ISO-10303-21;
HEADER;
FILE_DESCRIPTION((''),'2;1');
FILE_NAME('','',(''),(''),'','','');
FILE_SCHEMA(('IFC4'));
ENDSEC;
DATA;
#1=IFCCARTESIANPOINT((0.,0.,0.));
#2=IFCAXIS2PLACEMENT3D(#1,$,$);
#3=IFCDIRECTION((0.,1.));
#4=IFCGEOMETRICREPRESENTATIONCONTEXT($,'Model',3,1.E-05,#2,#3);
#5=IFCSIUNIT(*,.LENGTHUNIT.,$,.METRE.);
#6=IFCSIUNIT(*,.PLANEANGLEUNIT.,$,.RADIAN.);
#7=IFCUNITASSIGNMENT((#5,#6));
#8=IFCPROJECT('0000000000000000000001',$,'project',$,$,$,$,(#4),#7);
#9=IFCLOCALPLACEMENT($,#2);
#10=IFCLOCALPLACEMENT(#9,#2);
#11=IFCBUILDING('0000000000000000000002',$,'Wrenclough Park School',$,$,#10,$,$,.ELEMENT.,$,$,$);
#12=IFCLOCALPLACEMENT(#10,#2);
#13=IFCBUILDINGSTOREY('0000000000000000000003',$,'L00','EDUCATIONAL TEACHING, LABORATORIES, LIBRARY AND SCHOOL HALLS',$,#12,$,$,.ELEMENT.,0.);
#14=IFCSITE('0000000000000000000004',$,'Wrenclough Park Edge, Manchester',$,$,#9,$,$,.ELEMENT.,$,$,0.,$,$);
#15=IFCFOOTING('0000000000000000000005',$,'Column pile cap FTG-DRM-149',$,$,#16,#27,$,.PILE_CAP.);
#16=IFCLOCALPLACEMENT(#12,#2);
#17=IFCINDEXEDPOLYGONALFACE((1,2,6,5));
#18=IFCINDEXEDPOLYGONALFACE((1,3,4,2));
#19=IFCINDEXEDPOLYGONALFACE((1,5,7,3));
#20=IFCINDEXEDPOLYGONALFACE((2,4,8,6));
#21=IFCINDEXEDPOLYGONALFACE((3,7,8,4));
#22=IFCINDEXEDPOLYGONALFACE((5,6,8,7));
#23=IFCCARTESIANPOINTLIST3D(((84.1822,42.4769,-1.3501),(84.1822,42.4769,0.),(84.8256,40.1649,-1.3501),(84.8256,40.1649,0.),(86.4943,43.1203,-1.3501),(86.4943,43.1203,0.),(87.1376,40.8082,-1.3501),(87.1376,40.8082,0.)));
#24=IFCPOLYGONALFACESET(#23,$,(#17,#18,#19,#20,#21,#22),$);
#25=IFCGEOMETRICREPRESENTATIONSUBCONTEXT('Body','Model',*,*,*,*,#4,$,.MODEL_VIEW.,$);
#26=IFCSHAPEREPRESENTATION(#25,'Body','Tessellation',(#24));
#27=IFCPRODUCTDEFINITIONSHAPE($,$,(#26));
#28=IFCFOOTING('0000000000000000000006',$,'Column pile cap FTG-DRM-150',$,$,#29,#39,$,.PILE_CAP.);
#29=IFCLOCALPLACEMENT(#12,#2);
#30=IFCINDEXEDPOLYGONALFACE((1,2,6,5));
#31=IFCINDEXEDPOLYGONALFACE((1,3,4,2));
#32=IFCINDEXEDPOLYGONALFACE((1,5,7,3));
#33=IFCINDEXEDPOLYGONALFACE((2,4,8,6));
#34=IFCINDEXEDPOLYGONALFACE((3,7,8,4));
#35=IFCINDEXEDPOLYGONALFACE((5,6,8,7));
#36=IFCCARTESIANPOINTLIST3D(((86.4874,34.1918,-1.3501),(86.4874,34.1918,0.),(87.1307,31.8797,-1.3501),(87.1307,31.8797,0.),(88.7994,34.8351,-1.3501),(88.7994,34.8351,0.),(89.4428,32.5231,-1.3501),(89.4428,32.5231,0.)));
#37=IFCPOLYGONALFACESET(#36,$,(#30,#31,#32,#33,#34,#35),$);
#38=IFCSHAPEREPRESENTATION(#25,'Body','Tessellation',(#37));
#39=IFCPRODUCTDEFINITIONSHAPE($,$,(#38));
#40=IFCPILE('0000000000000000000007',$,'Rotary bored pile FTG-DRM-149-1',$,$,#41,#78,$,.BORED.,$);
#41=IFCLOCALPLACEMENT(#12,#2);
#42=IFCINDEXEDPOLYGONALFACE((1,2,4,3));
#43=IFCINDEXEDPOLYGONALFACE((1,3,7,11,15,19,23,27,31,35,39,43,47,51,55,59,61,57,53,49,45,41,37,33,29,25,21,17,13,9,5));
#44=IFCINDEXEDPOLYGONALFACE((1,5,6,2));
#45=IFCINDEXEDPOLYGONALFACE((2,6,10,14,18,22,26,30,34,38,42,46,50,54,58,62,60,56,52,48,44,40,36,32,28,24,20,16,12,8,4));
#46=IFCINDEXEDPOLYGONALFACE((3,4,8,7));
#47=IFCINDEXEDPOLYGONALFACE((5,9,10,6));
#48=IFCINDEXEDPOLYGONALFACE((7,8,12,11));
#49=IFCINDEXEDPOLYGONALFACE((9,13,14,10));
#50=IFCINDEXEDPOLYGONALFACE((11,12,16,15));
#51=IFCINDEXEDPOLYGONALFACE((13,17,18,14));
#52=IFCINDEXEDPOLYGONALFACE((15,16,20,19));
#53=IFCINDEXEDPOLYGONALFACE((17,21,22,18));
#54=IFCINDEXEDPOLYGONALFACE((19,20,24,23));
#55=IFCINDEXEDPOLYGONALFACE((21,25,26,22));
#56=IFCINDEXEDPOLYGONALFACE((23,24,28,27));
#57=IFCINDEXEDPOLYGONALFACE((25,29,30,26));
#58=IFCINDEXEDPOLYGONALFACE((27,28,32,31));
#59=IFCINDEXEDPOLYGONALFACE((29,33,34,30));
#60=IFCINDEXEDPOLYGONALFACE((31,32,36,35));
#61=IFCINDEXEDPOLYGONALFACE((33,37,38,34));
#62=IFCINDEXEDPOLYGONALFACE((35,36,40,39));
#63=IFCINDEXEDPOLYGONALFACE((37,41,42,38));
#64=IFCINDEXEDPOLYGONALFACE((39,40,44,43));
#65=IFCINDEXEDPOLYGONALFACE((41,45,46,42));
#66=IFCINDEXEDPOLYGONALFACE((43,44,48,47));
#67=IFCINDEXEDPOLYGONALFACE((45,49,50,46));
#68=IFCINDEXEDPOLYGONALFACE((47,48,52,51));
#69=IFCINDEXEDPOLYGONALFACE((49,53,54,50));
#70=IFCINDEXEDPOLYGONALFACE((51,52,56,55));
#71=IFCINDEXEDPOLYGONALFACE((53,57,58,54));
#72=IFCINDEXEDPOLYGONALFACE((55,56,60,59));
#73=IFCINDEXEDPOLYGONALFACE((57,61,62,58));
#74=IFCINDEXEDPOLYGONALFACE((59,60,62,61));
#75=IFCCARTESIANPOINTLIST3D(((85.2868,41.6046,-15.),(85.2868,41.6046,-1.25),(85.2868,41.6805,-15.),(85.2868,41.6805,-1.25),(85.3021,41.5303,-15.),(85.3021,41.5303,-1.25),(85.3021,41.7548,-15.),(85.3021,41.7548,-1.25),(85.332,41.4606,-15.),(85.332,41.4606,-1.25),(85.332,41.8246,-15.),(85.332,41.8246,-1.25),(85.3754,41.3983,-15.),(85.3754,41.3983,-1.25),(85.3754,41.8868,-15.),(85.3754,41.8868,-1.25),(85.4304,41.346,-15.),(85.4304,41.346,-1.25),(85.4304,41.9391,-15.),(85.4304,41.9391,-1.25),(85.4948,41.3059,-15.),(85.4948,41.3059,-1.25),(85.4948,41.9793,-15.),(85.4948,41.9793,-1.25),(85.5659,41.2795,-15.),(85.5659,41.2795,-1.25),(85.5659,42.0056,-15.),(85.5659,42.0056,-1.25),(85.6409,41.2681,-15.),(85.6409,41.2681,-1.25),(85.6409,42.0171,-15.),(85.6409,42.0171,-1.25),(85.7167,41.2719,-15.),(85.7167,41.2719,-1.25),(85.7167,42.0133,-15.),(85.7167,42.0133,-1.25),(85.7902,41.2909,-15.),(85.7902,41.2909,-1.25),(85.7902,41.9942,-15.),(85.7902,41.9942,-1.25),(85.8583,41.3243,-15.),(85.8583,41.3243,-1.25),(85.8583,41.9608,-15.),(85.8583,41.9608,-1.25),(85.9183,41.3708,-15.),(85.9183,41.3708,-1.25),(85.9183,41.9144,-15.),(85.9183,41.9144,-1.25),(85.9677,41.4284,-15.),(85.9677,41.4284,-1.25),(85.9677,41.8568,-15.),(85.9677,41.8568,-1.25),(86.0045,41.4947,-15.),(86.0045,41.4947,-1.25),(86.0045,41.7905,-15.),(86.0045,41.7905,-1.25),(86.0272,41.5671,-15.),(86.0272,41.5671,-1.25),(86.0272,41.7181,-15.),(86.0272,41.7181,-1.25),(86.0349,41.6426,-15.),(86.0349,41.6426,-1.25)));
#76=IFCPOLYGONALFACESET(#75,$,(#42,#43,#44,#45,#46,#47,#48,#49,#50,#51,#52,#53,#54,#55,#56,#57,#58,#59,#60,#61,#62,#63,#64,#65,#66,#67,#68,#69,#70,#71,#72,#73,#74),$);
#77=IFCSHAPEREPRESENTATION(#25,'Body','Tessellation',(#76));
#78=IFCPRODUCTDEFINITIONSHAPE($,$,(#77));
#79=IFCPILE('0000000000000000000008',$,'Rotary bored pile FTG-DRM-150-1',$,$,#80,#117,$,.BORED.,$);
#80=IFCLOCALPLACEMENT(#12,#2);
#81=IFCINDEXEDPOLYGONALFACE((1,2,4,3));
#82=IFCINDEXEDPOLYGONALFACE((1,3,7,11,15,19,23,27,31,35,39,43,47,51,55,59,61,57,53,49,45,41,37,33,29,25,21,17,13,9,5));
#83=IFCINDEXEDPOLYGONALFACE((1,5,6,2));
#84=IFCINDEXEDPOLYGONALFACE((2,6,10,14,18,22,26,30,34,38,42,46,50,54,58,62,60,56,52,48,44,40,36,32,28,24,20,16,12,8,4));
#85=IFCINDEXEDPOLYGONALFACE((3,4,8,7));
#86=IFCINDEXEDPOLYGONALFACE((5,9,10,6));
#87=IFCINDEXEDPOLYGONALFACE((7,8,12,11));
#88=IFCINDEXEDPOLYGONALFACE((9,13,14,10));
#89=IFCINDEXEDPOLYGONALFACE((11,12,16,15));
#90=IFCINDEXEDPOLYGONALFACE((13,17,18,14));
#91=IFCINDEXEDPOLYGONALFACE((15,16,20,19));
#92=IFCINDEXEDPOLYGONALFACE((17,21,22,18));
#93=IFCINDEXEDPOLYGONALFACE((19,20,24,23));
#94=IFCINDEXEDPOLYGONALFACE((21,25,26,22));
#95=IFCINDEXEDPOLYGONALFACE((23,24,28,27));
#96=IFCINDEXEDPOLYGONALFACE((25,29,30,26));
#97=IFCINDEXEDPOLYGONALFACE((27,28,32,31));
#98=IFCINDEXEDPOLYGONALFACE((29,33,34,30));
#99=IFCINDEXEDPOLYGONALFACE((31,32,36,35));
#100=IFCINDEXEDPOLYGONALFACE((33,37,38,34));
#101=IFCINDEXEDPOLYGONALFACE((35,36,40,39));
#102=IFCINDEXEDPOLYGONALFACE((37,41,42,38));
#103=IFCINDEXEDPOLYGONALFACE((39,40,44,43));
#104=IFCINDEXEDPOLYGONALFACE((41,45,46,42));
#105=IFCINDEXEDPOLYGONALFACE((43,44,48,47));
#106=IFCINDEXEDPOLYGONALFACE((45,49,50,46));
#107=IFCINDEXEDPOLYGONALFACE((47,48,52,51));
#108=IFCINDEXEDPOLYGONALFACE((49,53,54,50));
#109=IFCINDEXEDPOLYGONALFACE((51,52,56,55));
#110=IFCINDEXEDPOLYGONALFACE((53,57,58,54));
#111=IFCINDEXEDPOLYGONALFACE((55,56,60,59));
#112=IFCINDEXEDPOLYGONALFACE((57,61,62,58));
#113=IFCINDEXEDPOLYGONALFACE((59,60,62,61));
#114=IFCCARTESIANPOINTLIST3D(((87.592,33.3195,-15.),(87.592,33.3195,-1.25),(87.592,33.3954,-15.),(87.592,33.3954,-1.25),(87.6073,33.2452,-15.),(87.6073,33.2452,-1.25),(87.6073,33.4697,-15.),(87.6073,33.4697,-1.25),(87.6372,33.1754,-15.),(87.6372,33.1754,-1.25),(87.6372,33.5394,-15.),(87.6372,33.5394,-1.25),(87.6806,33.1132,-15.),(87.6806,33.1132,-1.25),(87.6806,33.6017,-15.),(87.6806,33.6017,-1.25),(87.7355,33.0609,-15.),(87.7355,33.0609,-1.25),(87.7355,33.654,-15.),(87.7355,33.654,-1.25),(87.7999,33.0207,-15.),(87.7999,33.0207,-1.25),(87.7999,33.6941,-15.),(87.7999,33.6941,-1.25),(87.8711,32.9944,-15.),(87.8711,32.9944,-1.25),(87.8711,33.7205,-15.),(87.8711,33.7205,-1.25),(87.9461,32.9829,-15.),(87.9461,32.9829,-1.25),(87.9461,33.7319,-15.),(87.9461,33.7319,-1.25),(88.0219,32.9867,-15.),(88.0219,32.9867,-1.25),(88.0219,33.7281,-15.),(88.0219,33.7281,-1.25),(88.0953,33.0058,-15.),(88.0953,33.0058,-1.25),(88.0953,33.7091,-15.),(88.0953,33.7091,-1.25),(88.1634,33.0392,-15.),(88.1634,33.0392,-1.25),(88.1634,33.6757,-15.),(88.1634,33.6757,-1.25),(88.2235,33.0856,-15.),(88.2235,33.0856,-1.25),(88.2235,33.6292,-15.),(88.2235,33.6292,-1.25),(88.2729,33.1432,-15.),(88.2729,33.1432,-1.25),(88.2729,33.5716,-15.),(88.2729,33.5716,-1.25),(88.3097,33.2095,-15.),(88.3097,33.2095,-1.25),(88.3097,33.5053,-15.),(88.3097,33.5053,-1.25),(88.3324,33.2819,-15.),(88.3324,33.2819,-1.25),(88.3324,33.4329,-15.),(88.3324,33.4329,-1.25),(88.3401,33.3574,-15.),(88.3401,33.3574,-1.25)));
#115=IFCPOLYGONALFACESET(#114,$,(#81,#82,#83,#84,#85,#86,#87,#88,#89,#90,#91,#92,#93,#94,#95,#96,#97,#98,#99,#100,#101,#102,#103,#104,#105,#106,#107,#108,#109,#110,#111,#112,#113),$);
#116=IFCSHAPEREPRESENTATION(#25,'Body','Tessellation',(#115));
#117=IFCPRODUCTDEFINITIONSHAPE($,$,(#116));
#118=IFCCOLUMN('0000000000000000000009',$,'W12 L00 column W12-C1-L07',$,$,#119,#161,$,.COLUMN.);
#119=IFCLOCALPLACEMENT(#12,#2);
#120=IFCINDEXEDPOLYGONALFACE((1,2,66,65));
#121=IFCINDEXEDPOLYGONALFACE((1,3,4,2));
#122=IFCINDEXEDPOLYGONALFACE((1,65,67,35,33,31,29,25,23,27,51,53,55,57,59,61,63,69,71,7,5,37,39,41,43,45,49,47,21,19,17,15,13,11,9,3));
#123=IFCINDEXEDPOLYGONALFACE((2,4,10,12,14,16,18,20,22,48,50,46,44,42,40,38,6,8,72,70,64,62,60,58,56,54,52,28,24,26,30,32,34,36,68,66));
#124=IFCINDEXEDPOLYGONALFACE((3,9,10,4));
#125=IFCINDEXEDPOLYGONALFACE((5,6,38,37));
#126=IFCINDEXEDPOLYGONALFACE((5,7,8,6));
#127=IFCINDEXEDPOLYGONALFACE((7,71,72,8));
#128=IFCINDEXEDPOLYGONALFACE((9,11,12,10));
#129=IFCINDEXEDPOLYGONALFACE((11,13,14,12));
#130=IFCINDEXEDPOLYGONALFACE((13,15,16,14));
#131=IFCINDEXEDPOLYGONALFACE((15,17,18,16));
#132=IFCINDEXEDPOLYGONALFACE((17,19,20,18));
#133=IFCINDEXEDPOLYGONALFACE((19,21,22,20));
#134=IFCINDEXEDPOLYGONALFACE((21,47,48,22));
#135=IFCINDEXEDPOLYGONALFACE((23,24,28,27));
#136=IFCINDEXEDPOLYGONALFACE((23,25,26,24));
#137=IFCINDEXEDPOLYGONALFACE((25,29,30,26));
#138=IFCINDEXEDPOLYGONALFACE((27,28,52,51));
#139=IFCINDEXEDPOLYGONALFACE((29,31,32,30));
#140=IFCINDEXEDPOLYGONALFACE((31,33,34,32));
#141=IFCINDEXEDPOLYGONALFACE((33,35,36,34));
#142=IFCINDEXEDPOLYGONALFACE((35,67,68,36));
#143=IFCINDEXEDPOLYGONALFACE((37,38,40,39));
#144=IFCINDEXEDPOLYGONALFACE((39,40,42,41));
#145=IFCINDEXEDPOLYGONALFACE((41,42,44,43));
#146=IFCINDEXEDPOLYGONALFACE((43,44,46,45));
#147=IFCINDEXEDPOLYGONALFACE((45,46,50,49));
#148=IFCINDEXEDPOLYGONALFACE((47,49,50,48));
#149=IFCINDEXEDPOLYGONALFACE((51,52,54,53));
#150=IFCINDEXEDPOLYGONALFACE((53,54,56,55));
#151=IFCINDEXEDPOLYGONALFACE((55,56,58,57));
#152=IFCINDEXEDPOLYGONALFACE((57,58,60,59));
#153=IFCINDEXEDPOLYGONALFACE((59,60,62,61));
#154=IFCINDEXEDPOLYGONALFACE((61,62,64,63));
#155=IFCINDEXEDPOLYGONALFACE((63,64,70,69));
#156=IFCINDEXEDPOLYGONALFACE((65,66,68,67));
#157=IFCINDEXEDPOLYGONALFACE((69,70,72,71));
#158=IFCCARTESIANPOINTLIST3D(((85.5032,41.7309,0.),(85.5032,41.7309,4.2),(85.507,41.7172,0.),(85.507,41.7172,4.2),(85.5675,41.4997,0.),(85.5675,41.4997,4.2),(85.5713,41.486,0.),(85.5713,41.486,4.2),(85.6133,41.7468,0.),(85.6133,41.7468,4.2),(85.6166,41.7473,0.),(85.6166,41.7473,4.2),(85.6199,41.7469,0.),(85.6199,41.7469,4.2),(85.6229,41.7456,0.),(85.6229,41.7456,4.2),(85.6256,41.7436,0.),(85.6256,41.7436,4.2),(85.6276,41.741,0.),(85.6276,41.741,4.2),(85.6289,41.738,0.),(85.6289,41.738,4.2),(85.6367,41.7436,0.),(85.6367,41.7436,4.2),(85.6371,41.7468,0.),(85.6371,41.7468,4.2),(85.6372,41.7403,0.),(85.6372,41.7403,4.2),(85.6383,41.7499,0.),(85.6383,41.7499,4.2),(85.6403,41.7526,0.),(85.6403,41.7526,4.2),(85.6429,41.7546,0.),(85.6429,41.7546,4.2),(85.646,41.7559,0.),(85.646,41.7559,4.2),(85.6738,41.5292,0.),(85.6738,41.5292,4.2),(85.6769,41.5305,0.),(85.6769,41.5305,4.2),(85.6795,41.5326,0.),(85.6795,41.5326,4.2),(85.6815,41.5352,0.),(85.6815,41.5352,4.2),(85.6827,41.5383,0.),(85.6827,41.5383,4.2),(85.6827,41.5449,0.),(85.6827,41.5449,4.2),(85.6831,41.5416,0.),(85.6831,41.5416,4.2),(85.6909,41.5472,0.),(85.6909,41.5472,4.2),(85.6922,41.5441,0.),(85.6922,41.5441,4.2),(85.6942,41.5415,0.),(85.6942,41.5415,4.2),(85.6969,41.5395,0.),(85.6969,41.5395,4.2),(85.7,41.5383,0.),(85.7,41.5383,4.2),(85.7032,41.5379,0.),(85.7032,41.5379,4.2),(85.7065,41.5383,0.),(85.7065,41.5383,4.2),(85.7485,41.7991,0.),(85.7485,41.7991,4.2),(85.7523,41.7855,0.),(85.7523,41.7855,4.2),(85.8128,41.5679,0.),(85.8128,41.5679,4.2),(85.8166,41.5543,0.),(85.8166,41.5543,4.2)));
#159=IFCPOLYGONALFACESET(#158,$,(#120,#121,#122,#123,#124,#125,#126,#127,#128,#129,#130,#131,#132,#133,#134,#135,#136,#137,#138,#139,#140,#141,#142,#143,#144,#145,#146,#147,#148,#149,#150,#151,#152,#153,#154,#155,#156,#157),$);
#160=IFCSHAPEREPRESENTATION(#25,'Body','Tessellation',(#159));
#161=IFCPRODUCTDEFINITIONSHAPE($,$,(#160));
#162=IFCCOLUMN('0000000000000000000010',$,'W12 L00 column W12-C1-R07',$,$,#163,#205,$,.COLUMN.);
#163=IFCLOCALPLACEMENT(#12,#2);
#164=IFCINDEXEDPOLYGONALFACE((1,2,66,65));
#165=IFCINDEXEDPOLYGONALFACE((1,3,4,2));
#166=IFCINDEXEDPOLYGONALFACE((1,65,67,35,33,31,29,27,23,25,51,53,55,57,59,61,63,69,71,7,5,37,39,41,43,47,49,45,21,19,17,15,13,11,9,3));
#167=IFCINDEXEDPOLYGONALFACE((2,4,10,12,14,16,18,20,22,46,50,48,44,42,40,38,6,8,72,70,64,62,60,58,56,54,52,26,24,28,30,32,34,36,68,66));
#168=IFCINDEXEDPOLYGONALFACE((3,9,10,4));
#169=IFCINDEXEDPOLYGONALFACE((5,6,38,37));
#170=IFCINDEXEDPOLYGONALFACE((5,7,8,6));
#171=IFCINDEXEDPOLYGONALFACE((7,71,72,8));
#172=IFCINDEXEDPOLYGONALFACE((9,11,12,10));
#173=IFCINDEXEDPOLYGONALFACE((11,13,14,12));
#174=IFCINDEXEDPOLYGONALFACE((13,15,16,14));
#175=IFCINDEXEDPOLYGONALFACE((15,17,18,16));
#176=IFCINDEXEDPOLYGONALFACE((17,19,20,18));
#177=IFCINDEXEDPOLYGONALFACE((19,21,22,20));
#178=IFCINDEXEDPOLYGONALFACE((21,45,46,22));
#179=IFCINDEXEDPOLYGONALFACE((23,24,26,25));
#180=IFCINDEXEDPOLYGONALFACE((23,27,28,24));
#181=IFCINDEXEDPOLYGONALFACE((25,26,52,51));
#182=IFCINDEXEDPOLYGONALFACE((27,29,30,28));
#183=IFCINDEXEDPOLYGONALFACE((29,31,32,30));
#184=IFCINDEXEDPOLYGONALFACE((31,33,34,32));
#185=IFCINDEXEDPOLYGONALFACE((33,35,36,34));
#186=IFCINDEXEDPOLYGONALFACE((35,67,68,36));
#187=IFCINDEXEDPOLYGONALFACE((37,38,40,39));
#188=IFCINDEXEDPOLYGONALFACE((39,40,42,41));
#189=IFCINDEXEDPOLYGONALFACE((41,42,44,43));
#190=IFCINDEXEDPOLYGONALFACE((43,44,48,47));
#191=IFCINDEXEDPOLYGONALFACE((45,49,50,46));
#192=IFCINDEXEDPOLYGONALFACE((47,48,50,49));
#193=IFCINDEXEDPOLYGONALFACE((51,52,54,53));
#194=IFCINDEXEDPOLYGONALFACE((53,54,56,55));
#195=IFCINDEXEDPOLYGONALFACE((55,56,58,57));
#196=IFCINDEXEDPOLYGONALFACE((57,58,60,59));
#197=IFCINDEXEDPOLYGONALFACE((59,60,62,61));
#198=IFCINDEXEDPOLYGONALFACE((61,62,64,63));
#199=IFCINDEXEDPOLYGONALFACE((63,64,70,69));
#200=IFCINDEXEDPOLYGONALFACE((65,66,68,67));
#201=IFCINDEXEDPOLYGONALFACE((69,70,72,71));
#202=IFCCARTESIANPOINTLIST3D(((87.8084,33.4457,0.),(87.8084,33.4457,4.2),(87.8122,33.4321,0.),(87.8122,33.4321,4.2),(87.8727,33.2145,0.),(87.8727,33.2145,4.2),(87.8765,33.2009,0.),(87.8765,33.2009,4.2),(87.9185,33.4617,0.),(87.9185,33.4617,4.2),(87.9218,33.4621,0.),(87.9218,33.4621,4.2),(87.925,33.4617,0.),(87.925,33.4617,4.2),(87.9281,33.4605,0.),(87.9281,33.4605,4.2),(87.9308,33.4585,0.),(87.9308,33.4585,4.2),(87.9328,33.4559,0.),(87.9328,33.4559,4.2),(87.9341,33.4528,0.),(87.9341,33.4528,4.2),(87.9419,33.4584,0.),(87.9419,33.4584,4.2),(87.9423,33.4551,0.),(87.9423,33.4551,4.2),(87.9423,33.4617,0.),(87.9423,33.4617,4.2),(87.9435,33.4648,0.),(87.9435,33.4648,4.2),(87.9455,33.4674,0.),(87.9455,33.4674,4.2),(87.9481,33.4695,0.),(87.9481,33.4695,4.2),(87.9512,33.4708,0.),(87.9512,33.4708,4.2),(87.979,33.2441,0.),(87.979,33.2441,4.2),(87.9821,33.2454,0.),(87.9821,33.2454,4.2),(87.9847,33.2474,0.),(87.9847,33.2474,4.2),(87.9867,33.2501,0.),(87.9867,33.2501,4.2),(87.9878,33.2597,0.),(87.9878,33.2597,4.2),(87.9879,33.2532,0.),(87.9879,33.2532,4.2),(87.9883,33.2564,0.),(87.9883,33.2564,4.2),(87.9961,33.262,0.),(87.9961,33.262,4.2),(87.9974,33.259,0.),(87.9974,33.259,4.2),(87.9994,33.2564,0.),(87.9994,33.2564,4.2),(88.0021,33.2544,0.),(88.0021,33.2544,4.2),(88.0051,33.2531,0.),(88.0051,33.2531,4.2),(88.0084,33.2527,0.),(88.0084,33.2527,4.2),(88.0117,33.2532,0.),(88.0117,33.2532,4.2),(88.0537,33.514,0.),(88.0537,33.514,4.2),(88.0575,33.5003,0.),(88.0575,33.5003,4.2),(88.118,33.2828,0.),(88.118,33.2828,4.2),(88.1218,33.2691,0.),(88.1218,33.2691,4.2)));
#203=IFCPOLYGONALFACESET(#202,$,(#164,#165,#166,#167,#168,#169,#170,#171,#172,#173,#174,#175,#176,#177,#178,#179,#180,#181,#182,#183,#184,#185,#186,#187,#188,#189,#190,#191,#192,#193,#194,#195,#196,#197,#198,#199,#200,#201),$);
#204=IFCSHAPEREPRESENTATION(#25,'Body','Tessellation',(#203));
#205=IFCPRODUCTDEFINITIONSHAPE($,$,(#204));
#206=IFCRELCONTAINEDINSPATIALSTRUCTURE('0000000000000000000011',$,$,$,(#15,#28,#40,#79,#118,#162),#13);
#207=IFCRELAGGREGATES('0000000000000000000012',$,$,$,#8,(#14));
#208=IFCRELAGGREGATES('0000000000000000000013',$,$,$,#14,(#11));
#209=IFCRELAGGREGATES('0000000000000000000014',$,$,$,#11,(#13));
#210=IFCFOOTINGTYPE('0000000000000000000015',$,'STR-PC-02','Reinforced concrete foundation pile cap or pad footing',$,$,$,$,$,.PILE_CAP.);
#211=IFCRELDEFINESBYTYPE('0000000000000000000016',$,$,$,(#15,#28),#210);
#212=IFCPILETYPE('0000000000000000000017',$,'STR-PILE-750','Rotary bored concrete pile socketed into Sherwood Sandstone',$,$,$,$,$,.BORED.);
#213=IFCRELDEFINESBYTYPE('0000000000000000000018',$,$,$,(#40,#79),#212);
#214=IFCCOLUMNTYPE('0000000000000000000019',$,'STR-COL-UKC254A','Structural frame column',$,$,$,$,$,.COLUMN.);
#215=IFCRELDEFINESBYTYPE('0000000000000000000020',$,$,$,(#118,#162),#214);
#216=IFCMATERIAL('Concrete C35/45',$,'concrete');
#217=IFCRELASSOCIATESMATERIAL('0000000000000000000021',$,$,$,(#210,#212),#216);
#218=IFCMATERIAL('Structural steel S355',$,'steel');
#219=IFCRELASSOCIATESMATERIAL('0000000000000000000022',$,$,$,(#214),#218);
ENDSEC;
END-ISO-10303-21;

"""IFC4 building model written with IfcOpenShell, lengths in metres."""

from ifc_helpers import new_model, si_unit, direction, frame, origin, origin_2d, place, context, subcontext, project, spatial, rectangle, circle, i_section, extrude, material, material_profile, profile_set, type_object, element, save


model = new_model("IFC4")

# Units and contexts
model_context = context("Model", 3, precision=1e-05, world=origin(), true_north=direction((0.0, 1.0)))
body_context = subcontext(model_context, "Body", "Model", "MODEL_VIEW")
ifc_project = project(units=[si_unit("LENGTHUNIT", "METRE"), si_unit("PLANEANGLEUNIT", "RADIAN")], contexts=[model_context])

# Site, building, storey
site_placement = place(None, origin())
site = spatial("IfcSite", under=ifc_project, at=site_placement, Name="Wrenclough Park Edge, Manchester", CompositionType="ELEMENT", RefElevation=0.0)
building_placement = place(site_placement, origin())
building = spatial("IfcBuilding", under=site, at=building_placement, Name="Wrenclough Park School", CompositionType="ELEMENT")
storey_placement = place(building_placement, origin())
storey = spatial("IfcBuildingStorey", under=building, at=storey_placement, Name="L00", Description="EDUCATIONAL TEACHING, LABORATORIES, LIBRARY AND SCHOOL HALLS", CompositionType="ELEMENT", Elevation=0.0)

# Footings
ifc_material_1 = material(Name="Concrete C35/45", Category="concrete")
footing_type = type_object("IfcFootingType", Name="STR-PC-02", Description="Reinforced concrete foundation pile cap or pad footing", PredefinedType="PILE_CAP", material=ifc_material_1)
for number, where, z_axis, x_axis, name in (
    (1, (85.6599, 41.6426, -1.3501), (0.0, 0.0, 1.0), (0.963397, 0.268079, 0.0), "Column pile cap FTG-DRM-149"),
    (2, (87.9651, 33.3574, -1.3501), (0.0, 0.0, 1.0), (0.963397, 0.268079, 0.0), "Column pile cap FTG-DRM-150"),
):
    element("IfcFooting", number, at=place(storey_placement, frame(where, z_axis=z_axis, x_axis=x_axis)), inside=storey, type_object=footing_type, Name=name, PredefinedType="PILE_CAP", context=body_context, shape_type="SweptSolid", body=[
        extrude(rectangle(XDim=2.3999, YDim=2.3999, at=origin_2d()), origin(), (0.0, 0.0, 1.0), 1.3501),
    ])

# Piles
ifc_material_profile_1 = material_profile(ifc_material_1, circle(Radius=0.375, at=origin_2d()), Name="BORED PILE D750")
ifc_profile_set_1 = profile_set([ifc_material_profile_1], Name="Concrete C35/45")
pile_type = type_object("IfcPileType", Name="STR-PILE-750", Description="Rotary bored concrete pile socketed into Sherwood Sandstone", PredefinedType="BORED", material=ifc_profile_set_1)
for number, where, z_axis, x_axis, name in (
    (3, (85.6599, 41.6426, -1.25), (0.0, 0.0, -1.0), (1.0, 0.0, 0.0), "Rotary bored pile FTG-DRM-149-1"),
    (4, (87.9651, 33.3574, -1.25), (0.0, 0.0, -1.0), (1.0, 0.0, 0.0), "Rotary bored pile FTG-DRM-150-1"),
):
    element("IfcPile", number, at=place(storey_placement, frame(where, z_axis=z_axis, x_axis=x_axis)), inside=storey, type_object=pile_type, Name=name, PredefinedType="BORED", context=body_context, shape_type="SweptSolid", body=[
        extrude(circle(Radius=0.375, at=origin_2d()), origin(), (0.0, 0.0, 1.0), 13.75),
    ])

# Columns
ifc_material_2 = material(Name="Structural steel S355", Category="steel")
ifc_material_profile_2 = material_profile(ifc_material_2, i_section(OverallWidth=0.2546, OverallDepth=0.2542, WebThickness=0.0085, FlangeThickness=0.0142, FilletRadius=0.0127, at=origin_2d()), Name="UKC 254x254x73")
ifc_profile_set_2 = profile_set([ifc_material_profile_2], Name="Structural steel S355")
column_type = type_object("IfcColumnType", Name="STR-COL-UKC254A", Description="Structural frame column", PredefinedType="COLUMN", material=ifc_profile_set_2)
for number, where, z_axis, x_axis, name in (
    (5, (85.6599, 41.6426, 0.0), (0.0, 0.0, 1.0), (0.963397, 0.268079, 0.0), "W12 L00 column W12-C1-L07"),
    (6, (87.9651, 33.3574, 0.0), (0.0, 0.0, 1.0), (0.963397, 0.268079, 0.0), "W12 L00 column W12-C1-R07"),
):
    element("IfcColumn", number, at=place(storey_placement, frame(where, z_axis=z_axis, x_axis=x_axis)), inside=storey, type_object=column_type, Name=name, PredefinedType="COLUMN", context=body_context, shape_type="SweptSolid", body=[
        extrude(i_section(OverallWidth=0.2546, OverallDepth=0.2542, WebThickness=0.0085, FlangeThickness=0.0142, FilletRadius=0.0127, at=origin_2d()), origin(), (0.0, 0.0, 1.0), 4.2),
    ])

save(model, "model.ifc")
